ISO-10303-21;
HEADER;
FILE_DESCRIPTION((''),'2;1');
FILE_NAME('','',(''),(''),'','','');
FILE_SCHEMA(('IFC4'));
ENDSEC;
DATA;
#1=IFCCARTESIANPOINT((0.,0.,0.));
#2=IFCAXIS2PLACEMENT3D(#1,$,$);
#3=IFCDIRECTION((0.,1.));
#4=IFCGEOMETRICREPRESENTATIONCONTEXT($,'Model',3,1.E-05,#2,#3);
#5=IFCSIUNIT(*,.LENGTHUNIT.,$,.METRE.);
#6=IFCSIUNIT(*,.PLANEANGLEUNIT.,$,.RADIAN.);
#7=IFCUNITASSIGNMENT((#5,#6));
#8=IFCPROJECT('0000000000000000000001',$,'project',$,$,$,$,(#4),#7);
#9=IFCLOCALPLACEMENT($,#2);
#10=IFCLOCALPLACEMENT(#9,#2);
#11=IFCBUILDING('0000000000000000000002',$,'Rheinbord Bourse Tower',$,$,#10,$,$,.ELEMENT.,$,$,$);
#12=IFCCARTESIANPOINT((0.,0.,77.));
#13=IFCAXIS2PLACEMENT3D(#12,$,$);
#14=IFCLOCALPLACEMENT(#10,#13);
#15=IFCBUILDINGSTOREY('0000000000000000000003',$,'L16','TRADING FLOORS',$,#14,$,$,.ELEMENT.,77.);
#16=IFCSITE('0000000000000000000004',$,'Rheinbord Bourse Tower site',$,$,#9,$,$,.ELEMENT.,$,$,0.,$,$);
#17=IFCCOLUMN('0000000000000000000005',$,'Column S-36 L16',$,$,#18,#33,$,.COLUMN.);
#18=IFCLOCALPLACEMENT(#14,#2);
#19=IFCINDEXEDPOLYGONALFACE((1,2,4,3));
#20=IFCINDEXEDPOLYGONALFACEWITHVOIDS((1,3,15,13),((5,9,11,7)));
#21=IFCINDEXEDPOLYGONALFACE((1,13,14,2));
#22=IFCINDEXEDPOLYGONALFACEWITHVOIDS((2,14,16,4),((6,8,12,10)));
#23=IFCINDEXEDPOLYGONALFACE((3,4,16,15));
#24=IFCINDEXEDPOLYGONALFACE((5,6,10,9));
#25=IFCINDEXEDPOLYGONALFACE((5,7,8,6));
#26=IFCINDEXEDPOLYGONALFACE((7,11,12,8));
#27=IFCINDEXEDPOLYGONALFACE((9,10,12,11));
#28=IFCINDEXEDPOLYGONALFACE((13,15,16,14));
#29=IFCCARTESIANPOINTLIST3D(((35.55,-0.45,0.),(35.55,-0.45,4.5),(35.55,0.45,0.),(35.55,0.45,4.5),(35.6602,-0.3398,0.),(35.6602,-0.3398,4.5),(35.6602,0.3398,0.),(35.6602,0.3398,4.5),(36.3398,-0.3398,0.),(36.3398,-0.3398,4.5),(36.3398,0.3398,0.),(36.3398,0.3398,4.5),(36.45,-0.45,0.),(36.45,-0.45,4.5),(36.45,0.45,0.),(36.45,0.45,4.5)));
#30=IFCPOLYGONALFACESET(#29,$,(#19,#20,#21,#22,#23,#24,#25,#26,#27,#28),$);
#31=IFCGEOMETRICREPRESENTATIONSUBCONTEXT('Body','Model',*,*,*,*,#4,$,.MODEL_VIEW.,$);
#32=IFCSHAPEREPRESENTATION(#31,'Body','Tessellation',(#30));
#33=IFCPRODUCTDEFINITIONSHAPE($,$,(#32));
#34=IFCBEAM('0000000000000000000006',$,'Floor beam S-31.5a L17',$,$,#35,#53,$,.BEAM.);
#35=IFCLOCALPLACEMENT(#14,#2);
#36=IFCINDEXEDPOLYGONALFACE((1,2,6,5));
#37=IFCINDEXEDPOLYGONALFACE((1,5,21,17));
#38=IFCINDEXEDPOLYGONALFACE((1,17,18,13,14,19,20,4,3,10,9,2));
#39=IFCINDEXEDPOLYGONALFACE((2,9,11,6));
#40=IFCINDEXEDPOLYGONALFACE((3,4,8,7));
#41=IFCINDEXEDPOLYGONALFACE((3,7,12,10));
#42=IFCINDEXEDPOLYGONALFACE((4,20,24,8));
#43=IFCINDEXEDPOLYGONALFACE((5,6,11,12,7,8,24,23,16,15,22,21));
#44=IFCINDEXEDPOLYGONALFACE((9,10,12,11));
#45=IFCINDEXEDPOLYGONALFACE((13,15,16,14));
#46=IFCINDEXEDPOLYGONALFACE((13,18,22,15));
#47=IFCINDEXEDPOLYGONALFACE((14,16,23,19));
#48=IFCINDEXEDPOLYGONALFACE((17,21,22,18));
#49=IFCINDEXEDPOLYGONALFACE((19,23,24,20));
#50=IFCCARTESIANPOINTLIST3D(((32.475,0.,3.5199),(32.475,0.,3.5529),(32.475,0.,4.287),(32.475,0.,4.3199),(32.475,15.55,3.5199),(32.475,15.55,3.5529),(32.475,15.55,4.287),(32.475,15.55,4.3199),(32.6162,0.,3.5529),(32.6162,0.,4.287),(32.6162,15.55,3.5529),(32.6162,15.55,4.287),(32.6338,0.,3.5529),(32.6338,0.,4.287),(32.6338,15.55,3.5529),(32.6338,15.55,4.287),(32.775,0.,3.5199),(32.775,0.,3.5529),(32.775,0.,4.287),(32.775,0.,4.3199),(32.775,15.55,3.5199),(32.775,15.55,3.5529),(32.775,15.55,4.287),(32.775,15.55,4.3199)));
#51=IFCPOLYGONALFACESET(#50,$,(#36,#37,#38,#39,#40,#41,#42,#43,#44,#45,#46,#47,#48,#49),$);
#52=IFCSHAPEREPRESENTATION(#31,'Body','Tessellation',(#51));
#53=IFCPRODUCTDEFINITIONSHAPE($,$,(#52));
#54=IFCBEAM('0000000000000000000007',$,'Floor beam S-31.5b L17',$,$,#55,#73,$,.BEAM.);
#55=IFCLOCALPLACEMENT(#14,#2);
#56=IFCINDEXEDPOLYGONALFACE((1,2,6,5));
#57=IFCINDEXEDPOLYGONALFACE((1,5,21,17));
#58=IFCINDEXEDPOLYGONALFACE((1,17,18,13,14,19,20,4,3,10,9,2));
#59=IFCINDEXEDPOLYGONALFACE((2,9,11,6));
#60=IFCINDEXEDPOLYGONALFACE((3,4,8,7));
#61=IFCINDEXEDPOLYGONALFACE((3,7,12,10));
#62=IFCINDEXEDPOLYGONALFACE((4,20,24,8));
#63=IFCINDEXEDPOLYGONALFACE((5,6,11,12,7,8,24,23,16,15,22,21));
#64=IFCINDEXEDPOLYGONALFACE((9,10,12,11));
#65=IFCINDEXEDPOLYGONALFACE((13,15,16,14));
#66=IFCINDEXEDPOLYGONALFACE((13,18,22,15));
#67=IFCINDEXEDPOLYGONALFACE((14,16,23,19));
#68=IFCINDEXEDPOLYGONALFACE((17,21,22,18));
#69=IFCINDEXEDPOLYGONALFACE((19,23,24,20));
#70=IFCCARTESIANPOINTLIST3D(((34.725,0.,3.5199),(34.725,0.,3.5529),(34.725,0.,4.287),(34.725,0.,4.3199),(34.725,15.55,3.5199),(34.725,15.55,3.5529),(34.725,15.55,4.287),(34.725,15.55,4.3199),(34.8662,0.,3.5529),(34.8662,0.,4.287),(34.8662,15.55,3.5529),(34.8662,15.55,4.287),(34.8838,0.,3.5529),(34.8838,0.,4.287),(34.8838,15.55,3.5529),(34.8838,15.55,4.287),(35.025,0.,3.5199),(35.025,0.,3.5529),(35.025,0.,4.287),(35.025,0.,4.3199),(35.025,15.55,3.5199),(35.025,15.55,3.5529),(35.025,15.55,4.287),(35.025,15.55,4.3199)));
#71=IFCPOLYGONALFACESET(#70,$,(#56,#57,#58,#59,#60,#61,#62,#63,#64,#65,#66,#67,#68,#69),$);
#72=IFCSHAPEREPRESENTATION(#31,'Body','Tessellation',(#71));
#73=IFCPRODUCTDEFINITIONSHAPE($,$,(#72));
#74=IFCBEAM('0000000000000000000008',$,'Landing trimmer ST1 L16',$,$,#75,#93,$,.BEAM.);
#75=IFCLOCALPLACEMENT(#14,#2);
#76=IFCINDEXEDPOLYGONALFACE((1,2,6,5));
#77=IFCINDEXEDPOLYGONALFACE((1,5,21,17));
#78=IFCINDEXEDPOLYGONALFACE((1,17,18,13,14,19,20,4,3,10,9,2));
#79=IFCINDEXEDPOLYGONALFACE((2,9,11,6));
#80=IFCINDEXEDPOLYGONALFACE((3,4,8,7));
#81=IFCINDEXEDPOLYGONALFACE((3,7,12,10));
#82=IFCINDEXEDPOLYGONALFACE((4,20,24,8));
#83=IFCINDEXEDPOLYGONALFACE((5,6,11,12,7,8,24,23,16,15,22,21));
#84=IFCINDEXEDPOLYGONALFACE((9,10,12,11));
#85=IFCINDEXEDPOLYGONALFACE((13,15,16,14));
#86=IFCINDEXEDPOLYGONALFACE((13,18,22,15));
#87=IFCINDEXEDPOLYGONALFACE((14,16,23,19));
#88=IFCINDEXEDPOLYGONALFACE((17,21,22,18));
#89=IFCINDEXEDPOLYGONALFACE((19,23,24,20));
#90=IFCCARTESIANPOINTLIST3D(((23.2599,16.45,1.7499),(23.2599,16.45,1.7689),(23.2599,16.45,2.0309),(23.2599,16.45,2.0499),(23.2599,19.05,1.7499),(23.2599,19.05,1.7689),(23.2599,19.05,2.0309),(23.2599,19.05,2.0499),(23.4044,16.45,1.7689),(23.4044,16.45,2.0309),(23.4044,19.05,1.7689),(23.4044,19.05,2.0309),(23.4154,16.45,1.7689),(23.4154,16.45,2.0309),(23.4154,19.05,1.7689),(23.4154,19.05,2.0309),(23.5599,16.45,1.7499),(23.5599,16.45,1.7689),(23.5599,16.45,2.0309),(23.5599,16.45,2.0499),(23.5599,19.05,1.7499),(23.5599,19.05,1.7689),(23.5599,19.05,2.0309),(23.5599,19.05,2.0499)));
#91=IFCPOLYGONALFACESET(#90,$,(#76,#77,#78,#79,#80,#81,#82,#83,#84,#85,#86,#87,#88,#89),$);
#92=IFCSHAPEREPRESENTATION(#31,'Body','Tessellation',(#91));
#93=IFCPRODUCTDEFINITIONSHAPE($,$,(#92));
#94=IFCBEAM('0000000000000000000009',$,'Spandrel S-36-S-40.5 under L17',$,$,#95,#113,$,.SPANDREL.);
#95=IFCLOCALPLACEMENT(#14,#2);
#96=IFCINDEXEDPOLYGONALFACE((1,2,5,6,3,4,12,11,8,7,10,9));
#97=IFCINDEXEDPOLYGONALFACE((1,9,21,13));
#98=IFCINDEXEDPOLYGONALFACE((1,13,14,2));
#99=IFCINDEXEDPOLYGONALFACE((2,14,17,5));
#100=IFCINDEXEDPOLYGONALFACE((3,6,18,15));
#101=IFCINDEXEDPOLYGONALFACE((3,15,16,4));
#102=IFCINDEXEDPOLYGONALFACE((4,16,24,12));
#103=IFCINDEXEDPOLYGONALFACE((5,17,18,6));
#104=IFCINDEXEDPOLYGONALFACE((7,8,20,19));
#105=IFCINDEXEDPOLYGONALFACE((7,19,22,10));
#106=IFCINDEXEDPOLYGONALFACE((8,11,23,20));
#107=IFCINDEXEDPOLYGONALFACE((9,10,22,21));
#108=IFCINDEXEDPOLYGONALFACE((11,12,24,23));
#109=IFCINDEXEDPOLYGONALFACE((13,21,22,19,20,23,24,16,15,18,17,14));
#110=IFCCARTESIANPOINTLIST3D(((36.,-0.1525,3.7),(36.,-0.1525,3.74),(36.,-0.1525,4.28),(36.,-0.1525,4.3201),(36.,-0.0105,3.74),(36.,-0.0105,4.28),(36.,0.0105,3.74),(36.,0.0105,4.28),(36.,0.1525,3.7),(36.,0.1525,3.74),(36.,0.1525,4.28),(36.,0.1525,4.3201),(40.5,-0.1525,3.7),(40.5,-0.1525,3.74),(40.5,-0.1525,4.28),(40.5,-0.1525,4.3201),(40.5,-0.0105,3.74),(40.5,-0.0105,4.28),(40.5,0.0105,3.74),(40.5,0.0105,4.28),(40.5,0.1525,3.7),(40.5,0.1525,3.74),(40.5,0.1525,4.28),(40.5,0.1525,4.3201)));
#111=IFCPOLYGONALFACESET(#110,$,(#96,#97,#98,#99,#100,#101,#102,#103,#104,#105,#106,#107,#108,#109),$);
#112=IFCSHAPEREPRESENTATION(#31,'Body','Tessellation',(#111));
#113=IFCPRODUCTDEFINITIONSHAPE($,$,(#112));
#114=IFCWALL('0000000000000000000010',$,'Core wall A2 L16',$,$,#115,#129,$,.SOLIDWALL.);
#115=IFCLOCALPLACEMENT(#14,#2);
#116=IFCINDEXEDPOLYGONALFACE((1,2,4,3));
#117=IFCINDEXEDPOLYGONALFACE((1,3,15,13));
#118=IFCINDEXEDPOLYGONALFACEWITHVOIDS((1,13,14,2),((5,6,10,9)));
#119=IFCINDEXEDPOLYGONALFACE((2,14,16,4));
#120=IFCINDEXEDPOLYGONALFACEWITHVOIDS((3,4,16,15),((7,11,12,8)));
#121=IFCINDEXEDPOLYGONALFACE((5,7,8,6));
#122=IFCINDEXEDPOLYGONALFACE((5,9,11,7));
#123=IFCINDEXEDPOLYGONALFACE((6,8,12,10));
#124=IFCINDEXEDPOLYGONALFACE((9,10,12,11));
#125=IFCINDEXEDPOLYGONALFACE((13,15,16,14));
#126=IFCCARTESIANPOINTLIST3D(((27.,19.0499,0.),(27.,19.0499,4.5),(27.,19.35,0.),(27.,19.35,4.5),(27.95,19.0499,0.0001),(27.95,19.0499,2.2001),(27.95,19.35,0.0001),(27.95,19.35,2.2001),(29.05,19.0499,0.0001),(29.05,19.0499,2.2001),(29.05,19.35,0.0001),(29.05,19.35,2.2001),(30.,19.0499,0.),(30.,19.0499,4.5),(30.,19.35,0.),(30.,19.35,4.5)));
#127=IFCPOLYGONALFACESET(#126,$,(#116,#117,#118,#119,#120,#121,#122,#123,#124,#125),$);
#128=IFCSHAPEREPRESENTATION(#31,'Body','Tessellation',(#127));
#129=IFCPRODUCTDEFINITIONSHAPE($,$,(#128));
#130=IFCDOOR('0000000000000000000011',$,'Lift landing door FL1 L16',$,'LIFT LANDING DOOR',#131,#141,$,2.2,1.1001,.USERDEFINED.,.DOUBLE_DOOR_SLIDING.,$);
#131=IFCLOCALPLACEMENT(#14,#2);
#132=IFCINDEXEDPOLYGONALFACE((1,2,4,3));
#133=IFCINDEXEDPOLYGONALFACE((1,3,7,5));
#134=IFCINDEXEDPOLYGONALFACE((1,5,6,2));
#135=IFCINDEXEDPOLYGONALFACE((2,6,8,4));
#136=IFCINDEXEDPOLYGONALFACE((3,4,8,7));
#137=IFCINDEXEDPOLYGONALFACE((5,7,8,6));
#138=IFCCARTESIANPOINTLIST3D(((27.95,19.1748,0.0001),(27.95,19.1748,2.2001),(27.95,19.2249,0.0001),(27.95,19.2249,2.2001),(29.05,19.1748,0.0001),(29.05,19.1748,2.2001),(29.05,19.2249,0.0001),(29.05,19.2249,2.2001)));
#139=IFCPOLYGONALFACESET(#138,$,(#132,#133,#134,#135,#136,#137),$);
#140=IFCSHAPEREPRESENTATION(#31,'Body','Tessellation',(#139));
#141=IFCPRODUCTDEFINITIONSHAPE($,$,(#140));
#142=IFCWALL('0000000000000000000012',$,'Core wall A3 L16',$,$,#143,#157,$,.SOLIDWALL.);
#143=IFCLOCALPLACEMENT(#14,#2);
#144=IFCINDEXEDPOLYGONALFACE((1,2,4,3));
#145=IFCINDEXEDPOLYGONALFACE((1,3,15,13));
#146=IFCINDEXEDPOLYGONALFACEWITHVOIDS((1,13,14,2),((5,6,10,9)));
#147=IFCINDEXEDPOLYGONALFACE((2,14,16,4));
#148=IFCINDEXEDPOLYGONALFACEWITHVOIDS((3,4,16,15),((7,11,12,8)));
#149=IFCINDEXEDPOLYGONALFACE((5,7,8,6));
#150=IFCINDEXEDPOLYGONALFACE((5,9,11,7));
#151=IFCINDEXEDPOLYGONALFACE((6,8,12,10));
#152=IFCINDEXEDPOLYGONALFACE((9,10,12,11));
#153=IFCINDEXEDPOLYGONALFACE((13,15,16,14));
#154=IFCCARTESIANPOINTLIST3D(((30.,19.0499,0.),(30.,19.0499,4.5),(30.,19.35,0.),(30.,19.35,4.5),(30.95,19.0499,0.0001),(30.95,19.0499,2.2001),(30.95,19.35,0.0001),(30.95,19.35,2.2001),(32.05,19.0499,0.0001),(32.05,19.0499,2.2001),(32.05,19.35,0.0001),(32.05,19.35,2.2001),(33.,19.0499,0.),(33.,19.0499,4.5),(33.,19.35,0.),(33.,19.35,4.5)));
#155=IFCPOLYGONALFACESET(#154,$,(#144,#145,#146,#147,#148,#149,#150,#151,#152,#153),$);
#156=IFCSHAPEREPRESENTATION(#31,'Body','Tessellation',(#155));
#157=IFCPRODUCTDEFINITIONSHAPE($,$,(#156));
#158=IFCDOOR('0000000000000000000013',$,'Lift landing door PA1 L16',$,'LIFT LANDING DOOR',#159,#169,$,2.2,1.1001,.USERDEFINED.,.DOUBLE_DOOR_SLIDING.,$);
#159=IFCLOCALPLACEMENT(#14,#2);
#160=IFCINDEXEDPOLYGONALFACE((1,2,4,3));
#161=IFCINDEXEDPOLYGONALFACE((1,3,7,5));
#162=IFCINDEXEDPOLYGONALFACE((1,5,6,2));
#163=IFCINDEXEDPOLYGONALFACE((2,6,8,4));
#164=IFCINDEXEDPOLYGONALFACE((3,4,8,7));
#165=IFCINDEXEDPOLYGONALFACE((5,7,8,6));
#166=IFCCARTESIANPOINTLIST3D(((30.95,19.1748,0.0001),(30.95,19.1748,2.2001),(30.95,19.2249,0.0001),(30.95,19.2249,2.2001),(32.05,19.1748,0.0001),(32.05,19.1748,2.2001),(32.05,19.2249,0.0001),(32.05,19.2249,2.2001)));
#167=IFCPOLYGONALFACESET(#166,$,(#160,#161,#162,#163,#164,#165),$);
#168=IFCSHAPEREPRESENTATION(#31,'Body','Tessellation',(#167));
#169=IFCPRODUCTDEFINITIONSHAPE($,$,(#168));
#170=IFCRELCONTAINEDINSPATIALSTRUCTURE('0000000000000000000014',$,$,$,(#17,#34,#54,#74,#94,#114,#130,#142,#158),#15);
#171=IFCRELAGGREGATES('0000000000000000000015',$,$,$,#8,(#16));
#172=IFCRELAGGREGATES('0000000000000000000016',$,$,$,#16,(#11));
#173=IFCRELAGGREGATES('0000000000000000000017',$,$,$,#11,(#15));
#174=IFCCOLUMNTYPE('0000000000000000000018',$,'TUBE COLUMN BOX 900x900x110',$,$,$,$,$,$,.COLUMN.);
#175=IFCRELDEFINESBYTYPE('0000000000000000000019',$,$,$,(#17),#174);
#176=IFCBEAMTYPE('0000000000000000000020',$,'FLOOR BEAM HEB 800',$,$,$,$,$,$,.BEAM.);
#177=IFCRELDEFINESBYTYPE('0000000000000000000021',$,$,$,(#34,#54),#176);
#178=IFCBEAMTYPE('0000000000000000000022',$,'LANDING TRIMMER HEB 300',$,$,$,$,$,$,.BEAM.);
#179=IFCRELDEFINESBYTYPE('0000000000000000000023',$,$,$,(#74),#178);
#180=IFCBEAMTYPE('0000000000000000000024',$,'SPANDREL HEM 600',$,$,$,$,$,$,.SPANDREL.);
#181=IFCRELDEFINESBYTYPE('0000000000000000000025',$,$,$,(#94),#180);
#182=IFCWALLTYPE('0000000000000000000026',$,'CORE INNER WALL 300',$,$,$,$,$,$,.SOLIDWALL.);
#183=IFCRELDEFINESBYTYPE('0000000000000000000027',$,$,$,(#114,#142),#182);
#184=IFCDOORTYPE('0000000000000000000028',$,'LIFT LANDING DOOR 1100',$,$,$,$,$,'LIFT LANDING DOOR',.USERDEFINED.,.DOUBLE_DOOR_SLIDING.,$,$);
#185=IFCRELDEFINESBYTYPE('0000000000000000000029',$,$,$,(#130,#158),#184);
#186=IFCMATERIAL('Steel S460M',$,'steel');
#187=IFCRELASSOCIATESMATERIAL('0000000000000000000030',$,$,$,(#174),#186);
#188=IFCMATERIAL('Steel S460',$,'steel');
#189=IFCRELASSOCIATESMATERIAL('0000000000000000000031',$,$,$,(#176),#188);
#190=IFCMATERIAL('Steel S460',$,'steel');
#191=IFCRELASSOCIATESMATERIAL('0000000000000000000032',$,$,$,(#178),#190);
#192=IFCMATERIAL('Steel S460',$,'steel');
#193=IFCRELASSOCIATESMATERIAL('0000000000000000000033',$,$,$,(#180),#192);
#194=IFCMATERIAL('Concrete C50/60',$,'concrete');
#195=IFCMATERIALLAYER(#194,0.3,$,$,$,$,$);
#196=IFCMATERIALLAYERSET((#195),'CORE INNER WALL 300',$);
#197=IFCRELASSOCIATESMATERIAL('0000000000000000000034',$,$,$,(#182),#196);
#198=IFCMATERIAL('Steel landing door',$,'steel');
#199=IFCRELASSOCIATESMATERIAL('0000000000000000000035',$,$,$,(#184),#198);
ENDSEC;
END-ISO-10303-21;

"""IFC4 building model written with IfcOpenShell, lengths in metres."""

from ifc_helpers import new_model, si_unit, direction, frame, frame_2d, origin, origin_2d, place, context, subcontext, project, spatial, rectangle, hollow_rectangle, i_section, extrude, material, layer, layer_set, material_profile, profile_set, type_object, element, fill, save


model = new_model("IFC4")

# Units and contexts
model_context = context("Model", 3, precision=1e-05, world=origin(), true_north=direction((0.0, 1.0)))
body_context = subcontext(model_context, "Body", "Model", "MODEL_VIEW")
ifc_project = project(units=[si_unit("LENGTHUNIT", "METRE"), si_unit("PLANEANGLEUNIT", "RADIAN")], contexts=[model_context])

# Site, building, storey
site_placement = place(None, origin())
site = spatial("IfcSite", under=ifc_project, at=site_placement, Name="Rheinbord Bourse Tower site", CompositionType="ELEMENT", RefElevation=0.0)
building_placement = place(site_placement, origin())
building = spatial("IfcBuilding", under=site, at=building_placement, Name="Rheinbord Bourse Tower", CompositionType="ELEMENT")
storey_placement = place(building_placement, frame((0.0, 0.0, 77.0)))
storey = spatial("IfcBuildingStorey", under=building, at=storey_placement, Name="L16", Description="TRADING FLOORS", CompositionType="ELEMENT", Elevation=77.0)

# Column
ifc_material_1 = material(Name="Steel S460M", Category="steel")
ifc_material_profile_1 = material_profile(ifc_material_1, hollow_rectangle(XDim=0.8999, YDim=0.8999, WallThickness=0.1101, at=origin_2d()), Name="BOX 900x900x110")
ifc_profile_set_1 = profile_set([ifc_material_profile_1], Name="Steel S460M")
column_type = type_object("IfcColumnType", Name="TUBE COLUMN BOX 900x900x110", PredefinedType="COLUMN", material=ifc_profile_set_1)
column_placement = place(storey_placement, frame((36.0, 0.0, 0.0), z_axis=(0.0, 0.0, 1.0), x_axis=(0.0, 1.0, 0.0)))
element("IfcColumn", 1, at=column_placement, inside=storey, type_object=column_type, Name="Column S-36 L16", PredefinedType="COLUMN", context=body_context, shape_type="SweptSolid", body=[
    extrude(hollow_rectangle(XDim=0.8999, YDim=0.8999, WallThickness=0.1101, at=origin_2d()), origin(), (0.0, 0.0, 1.0), 4.5),
])

# Beams
ifc_material_2 = material(Name="Steel S460", Category="steel")
ifc_material_profile_2 = material_profile(ifc_material_2, i_section(OverallWidth=0.3, OverallDepth=0.8, WebThickness=0.0176, FlangeThickness=0.033, at=origin_2d()), Name="HEB 800")
ifc_profile_set_2 = profile_set([ifc_material_profile_2], Name="Steel S460")
beam_type_1 = type_object("IfcBeamType", Name="FLOOR BEAM HEB 800", PredefinedType="BEAM", material=ifc_profile_set_2)
for number, where, z_axis, x_axis, name in (
    (2, (32.625, 0.0, 3.9199), (0.0, 1.0, 0.0), (-1.0, 0.0, 0.0), "Floor beam S-31.5a L17"),
    (3, (34.875, 0.0, 3.9199), (0.0, 1.0, 0.0), (-1.0, 0.0, 0.0), "Floor beam S-31.5b L17"),
):
    element("IfcBeam", number, at=place(storey_placement, frame(where, z_axis=z_axis, x_axis=x_axis)), inside=storey, type_object=beam_type_1, Name=name, PredefinedType="BEAM", context=body_context, shape_type="SweptSolid", body=[
        extrude(i_section(OverallWidth=0.3, OverallDepth=0.8, WebThickness=0.0176, FlangeThickness=0.033, at=origin_2d()), origin(), (0.0, 0.0, 1.0), 15.55),
    ])
ifc_material_3 = material(Name="Steel S460", Category="steel")
ifc_material_profile_3 = material_profile(ifc_material_3, i_section(OverallWidth=0.3, OverallDepth=0.3, WebThickness=0.011, FlangeThickness=0.019, at=origin_2d()), Name="HEB 300")
ifc_profile_set_3 = profile_set([ifc_material_profile_3], Name="Steel S460")
beam_type_2 = type_object("IfcBeamType", Name="LANDING TRIMMER HEB 300", PredefinedType="BEAM", material=ifc_profile_set_3)
beam_1_placement = place(storey_placement, frame((23.4099, 16.45, 1.8999), z_axis=(0.0, 1.0, 0.0), x_axis=(-1.0, 0.0, 0.0)))
element("IfcBeam", 4, at=beam_1_placement, inside=storey, type_object=beam_type_2, Name="Landing trimmer ST1 L16", PredefinedType="BEAM", context=body_context, shape_type="SweptSolid", body=[
    extrude(i_section(OverallWidth=0.3, OverallDepth=0.3, WebThickness=0.011, FlangeThickness=0.019, at=origin_2d()), origin(), (0.0, 0.0, 1.0), 2.6001),
])
ifc_material_4 = material(Name="Steel S460", Category="steel")
ifc_material_profile_4 = material_profile(ifc_material_4, i_section(OverallWidth=0.3049, OverallDepth=0.6201, WebThickness=0.021, FlangeThickness=0.04, at=origin_2d()), Name="HEM 600")
ifc_profile_set_4 = profile_set([ifc_material_profile_4], Name="Steel S460")
beam_type_3 = type_object("IfcBeamType", Name="SPANDREL HEM 600", PredefinedType="SPANDREL", material=ifc_profile_set_4)
beam_2_placement = place(storey_placement, frame((36.0, 0.0, 4.01), z_axis=(1.0, 0.0, 0.0), x_axis=(0.0, 1.0, 0.0)))
element("IfcBeam", 5, at=beam_2_placement, inside=storey, type_object=beam_type_3, Name="Spandrel S-36-S-40.5 under L17", PredefinedType="SPANDREL", context=body_context, shape_type="SweptSolid", body=[
    extrude(i_section(OverallWidth=0.3049, OverallDepth=0.6201, WebThickness=0.021, FlangeThickness=0.04, at=origin_2d()), origin(), (0.0, 0.0, 1.0), 4.5),
])

# Walls, openings, doors
ifc_material_5 = material(Name="Concrete C50/60", Category="concrete")
ifc_layer_1 = layer(ifc_material_5, 0.3)
ifc_layer_set_1 = layer_set([ifc_layer_1], Name="CORE INNER WALL 300")
wall_type_1 = type_object("IfcWallType", Name="CORE INNER WALL 300", PredefinedType="SOLIDWALL", material=ifc_layer_set_1)
wall_1_placement = place(storey_placement, frame((27.0, 19.2, 0.0), z_axis=(0.0, 0.0, 1.0), x_axis=(1.0, 0.0, 0.0)))
wall_1 = element("IfcWall", 6, at=wall_1_placement, inside=storey, type_object=wall_type_1, Name="Core wall A2 L16", PredefinedType="SOLIDWALL", context=body_context, shape_type="SweptSolid", body=[
    extrude(rectangle(XDim=3.0, YDim=0.3, at=frame_2d((1.5, 0.0))), origin(), (0.0, 0.0, 1.0), 4.5),
])
opening_1_placement = place(wall_1_placement, frame((0.95, 0.0, 0.0)))
opening_1 = element("IfcOpeningElement", 7, at=opening_1_placement, cuts=wall_1, PredefinedType="OPENING", context=body_context, shape_type="SweptSolid", body=[
    extrude(rectangle(XDim=1.1001, YDim=2.2, at=frame_2d((0.55, 1.1001))), frame((0.0, 0.1599, 0.0), z_axis=(0.0, -1.0, 0.0), x_axis=(1.0, 0.0, 0.0)), (0.0, 0.0, 1.0), 0.3201),
])
ifc_material_6 = material(Name="Steel landing door", Category="steel")
door_type = type_object("IfcDoorType", Name="LIFT LANDING DOOR 1100", ElementType="LIFT LANDING DOOR", OperationType="DOUBLE_DOOR_SLIDING", PredefinedType="USERDEFINED", material=ifc_material_6)
door_1_placement = place(opening_1_placement, origin())
door_1 = element("IfcDoor", 8, at=door_1_placement, inside=storey, type_object=door_type, Name="Lift landing door FL1 L16", ObjectType="LIFT LANDING DOOR", OperationType="DOUBLE_DOOR_SLIDING", OverallHeight=2.2, OverallWidth=1.1001, PredefinedType="USERDEFINED", context=body_context, shape_type="SweptSolid", body=[
    extrude(rectangle(XDim=1.1001, YDim=2.2, at=frame_2d((0.55, 1.1001))), frame((0.0, 0.0249, 0.0), z_axis=(0.0, -1.0, 0.0), x_axis=(1.0, 0.0, 0.0)), (0.0, 0.0, 1.0), 0.05),
])
fill(opening_1, door_1)
wall_2_placement = place(storey_placement, frame((30.0, 19.2, 0.0), z_axis=(0.0, 0.0, 1.0), x_axis=(1.0, 0.0, 0.0)))
wall_2 = element("IfcWall", 9, at=wall_2_placement, inside=storey, type_object=wall_type_1, Name="Core wall A3 L16", PredefinedType="SOLIDWALL", context=body_context, shape_type="SweptSolid", body=[
    extrude(rectangle(XDim=3.0, YDim=0.3, at=frame_2d((1.5, 0.0))), origin(), (0.0, 0.0, 1.0), 4.5),
])
opening_2_placement = place(wall_2_placement, frame((0.95, 0.0, 0.0)))
opening_2 = element("IfcOpeningElement", 10, at=opening_2_placement, cuts=wall_2, PredefinedType="OPENING", context=body_context, shape_type="SweptSolid", body=[
    extrude(rectangle(XDim=1.1001, YDim=2.2, at=frame_2d((0.55, 1.1001))), frame((0.0, 0.1599, 0.0), z_axis=(0.0, -1.0, 0.0), x_axis=(1.0, 0.0, 0.0)), (0.0, 0.0, 1.0), 0.3201),
])
door_2_placement = place(opening_2_placement, origin())
door_2 = element("IfcDoor", 11, at=door_2_placement, inside=storey, type_object=door_type, Name="Lift landing door PA1 L16", ObjectType="LIFT LANDING DOOR", OperationType="DOUBLE_DOOR_SLIDING", OverallHeight=2.2, OverallWidth=1.1001, PredefinedType="USERDEFINED", context=body_context, shape_type="SweptSolid", body=[
    extrude(rectangle(XDim=1.1001, YDim=2.2, at=frame_2d((0.55, 1.1001))), frame((0.0, 0.0249, 0.0), z_axis=(0.0, -1.0, 0.0), x_axis=(1.0, 0.0, 0.0)), (0.0, 0.0, 1.0), 0.05),
])
fill(opening_2, door_2)

save(model, "model.ifc")
